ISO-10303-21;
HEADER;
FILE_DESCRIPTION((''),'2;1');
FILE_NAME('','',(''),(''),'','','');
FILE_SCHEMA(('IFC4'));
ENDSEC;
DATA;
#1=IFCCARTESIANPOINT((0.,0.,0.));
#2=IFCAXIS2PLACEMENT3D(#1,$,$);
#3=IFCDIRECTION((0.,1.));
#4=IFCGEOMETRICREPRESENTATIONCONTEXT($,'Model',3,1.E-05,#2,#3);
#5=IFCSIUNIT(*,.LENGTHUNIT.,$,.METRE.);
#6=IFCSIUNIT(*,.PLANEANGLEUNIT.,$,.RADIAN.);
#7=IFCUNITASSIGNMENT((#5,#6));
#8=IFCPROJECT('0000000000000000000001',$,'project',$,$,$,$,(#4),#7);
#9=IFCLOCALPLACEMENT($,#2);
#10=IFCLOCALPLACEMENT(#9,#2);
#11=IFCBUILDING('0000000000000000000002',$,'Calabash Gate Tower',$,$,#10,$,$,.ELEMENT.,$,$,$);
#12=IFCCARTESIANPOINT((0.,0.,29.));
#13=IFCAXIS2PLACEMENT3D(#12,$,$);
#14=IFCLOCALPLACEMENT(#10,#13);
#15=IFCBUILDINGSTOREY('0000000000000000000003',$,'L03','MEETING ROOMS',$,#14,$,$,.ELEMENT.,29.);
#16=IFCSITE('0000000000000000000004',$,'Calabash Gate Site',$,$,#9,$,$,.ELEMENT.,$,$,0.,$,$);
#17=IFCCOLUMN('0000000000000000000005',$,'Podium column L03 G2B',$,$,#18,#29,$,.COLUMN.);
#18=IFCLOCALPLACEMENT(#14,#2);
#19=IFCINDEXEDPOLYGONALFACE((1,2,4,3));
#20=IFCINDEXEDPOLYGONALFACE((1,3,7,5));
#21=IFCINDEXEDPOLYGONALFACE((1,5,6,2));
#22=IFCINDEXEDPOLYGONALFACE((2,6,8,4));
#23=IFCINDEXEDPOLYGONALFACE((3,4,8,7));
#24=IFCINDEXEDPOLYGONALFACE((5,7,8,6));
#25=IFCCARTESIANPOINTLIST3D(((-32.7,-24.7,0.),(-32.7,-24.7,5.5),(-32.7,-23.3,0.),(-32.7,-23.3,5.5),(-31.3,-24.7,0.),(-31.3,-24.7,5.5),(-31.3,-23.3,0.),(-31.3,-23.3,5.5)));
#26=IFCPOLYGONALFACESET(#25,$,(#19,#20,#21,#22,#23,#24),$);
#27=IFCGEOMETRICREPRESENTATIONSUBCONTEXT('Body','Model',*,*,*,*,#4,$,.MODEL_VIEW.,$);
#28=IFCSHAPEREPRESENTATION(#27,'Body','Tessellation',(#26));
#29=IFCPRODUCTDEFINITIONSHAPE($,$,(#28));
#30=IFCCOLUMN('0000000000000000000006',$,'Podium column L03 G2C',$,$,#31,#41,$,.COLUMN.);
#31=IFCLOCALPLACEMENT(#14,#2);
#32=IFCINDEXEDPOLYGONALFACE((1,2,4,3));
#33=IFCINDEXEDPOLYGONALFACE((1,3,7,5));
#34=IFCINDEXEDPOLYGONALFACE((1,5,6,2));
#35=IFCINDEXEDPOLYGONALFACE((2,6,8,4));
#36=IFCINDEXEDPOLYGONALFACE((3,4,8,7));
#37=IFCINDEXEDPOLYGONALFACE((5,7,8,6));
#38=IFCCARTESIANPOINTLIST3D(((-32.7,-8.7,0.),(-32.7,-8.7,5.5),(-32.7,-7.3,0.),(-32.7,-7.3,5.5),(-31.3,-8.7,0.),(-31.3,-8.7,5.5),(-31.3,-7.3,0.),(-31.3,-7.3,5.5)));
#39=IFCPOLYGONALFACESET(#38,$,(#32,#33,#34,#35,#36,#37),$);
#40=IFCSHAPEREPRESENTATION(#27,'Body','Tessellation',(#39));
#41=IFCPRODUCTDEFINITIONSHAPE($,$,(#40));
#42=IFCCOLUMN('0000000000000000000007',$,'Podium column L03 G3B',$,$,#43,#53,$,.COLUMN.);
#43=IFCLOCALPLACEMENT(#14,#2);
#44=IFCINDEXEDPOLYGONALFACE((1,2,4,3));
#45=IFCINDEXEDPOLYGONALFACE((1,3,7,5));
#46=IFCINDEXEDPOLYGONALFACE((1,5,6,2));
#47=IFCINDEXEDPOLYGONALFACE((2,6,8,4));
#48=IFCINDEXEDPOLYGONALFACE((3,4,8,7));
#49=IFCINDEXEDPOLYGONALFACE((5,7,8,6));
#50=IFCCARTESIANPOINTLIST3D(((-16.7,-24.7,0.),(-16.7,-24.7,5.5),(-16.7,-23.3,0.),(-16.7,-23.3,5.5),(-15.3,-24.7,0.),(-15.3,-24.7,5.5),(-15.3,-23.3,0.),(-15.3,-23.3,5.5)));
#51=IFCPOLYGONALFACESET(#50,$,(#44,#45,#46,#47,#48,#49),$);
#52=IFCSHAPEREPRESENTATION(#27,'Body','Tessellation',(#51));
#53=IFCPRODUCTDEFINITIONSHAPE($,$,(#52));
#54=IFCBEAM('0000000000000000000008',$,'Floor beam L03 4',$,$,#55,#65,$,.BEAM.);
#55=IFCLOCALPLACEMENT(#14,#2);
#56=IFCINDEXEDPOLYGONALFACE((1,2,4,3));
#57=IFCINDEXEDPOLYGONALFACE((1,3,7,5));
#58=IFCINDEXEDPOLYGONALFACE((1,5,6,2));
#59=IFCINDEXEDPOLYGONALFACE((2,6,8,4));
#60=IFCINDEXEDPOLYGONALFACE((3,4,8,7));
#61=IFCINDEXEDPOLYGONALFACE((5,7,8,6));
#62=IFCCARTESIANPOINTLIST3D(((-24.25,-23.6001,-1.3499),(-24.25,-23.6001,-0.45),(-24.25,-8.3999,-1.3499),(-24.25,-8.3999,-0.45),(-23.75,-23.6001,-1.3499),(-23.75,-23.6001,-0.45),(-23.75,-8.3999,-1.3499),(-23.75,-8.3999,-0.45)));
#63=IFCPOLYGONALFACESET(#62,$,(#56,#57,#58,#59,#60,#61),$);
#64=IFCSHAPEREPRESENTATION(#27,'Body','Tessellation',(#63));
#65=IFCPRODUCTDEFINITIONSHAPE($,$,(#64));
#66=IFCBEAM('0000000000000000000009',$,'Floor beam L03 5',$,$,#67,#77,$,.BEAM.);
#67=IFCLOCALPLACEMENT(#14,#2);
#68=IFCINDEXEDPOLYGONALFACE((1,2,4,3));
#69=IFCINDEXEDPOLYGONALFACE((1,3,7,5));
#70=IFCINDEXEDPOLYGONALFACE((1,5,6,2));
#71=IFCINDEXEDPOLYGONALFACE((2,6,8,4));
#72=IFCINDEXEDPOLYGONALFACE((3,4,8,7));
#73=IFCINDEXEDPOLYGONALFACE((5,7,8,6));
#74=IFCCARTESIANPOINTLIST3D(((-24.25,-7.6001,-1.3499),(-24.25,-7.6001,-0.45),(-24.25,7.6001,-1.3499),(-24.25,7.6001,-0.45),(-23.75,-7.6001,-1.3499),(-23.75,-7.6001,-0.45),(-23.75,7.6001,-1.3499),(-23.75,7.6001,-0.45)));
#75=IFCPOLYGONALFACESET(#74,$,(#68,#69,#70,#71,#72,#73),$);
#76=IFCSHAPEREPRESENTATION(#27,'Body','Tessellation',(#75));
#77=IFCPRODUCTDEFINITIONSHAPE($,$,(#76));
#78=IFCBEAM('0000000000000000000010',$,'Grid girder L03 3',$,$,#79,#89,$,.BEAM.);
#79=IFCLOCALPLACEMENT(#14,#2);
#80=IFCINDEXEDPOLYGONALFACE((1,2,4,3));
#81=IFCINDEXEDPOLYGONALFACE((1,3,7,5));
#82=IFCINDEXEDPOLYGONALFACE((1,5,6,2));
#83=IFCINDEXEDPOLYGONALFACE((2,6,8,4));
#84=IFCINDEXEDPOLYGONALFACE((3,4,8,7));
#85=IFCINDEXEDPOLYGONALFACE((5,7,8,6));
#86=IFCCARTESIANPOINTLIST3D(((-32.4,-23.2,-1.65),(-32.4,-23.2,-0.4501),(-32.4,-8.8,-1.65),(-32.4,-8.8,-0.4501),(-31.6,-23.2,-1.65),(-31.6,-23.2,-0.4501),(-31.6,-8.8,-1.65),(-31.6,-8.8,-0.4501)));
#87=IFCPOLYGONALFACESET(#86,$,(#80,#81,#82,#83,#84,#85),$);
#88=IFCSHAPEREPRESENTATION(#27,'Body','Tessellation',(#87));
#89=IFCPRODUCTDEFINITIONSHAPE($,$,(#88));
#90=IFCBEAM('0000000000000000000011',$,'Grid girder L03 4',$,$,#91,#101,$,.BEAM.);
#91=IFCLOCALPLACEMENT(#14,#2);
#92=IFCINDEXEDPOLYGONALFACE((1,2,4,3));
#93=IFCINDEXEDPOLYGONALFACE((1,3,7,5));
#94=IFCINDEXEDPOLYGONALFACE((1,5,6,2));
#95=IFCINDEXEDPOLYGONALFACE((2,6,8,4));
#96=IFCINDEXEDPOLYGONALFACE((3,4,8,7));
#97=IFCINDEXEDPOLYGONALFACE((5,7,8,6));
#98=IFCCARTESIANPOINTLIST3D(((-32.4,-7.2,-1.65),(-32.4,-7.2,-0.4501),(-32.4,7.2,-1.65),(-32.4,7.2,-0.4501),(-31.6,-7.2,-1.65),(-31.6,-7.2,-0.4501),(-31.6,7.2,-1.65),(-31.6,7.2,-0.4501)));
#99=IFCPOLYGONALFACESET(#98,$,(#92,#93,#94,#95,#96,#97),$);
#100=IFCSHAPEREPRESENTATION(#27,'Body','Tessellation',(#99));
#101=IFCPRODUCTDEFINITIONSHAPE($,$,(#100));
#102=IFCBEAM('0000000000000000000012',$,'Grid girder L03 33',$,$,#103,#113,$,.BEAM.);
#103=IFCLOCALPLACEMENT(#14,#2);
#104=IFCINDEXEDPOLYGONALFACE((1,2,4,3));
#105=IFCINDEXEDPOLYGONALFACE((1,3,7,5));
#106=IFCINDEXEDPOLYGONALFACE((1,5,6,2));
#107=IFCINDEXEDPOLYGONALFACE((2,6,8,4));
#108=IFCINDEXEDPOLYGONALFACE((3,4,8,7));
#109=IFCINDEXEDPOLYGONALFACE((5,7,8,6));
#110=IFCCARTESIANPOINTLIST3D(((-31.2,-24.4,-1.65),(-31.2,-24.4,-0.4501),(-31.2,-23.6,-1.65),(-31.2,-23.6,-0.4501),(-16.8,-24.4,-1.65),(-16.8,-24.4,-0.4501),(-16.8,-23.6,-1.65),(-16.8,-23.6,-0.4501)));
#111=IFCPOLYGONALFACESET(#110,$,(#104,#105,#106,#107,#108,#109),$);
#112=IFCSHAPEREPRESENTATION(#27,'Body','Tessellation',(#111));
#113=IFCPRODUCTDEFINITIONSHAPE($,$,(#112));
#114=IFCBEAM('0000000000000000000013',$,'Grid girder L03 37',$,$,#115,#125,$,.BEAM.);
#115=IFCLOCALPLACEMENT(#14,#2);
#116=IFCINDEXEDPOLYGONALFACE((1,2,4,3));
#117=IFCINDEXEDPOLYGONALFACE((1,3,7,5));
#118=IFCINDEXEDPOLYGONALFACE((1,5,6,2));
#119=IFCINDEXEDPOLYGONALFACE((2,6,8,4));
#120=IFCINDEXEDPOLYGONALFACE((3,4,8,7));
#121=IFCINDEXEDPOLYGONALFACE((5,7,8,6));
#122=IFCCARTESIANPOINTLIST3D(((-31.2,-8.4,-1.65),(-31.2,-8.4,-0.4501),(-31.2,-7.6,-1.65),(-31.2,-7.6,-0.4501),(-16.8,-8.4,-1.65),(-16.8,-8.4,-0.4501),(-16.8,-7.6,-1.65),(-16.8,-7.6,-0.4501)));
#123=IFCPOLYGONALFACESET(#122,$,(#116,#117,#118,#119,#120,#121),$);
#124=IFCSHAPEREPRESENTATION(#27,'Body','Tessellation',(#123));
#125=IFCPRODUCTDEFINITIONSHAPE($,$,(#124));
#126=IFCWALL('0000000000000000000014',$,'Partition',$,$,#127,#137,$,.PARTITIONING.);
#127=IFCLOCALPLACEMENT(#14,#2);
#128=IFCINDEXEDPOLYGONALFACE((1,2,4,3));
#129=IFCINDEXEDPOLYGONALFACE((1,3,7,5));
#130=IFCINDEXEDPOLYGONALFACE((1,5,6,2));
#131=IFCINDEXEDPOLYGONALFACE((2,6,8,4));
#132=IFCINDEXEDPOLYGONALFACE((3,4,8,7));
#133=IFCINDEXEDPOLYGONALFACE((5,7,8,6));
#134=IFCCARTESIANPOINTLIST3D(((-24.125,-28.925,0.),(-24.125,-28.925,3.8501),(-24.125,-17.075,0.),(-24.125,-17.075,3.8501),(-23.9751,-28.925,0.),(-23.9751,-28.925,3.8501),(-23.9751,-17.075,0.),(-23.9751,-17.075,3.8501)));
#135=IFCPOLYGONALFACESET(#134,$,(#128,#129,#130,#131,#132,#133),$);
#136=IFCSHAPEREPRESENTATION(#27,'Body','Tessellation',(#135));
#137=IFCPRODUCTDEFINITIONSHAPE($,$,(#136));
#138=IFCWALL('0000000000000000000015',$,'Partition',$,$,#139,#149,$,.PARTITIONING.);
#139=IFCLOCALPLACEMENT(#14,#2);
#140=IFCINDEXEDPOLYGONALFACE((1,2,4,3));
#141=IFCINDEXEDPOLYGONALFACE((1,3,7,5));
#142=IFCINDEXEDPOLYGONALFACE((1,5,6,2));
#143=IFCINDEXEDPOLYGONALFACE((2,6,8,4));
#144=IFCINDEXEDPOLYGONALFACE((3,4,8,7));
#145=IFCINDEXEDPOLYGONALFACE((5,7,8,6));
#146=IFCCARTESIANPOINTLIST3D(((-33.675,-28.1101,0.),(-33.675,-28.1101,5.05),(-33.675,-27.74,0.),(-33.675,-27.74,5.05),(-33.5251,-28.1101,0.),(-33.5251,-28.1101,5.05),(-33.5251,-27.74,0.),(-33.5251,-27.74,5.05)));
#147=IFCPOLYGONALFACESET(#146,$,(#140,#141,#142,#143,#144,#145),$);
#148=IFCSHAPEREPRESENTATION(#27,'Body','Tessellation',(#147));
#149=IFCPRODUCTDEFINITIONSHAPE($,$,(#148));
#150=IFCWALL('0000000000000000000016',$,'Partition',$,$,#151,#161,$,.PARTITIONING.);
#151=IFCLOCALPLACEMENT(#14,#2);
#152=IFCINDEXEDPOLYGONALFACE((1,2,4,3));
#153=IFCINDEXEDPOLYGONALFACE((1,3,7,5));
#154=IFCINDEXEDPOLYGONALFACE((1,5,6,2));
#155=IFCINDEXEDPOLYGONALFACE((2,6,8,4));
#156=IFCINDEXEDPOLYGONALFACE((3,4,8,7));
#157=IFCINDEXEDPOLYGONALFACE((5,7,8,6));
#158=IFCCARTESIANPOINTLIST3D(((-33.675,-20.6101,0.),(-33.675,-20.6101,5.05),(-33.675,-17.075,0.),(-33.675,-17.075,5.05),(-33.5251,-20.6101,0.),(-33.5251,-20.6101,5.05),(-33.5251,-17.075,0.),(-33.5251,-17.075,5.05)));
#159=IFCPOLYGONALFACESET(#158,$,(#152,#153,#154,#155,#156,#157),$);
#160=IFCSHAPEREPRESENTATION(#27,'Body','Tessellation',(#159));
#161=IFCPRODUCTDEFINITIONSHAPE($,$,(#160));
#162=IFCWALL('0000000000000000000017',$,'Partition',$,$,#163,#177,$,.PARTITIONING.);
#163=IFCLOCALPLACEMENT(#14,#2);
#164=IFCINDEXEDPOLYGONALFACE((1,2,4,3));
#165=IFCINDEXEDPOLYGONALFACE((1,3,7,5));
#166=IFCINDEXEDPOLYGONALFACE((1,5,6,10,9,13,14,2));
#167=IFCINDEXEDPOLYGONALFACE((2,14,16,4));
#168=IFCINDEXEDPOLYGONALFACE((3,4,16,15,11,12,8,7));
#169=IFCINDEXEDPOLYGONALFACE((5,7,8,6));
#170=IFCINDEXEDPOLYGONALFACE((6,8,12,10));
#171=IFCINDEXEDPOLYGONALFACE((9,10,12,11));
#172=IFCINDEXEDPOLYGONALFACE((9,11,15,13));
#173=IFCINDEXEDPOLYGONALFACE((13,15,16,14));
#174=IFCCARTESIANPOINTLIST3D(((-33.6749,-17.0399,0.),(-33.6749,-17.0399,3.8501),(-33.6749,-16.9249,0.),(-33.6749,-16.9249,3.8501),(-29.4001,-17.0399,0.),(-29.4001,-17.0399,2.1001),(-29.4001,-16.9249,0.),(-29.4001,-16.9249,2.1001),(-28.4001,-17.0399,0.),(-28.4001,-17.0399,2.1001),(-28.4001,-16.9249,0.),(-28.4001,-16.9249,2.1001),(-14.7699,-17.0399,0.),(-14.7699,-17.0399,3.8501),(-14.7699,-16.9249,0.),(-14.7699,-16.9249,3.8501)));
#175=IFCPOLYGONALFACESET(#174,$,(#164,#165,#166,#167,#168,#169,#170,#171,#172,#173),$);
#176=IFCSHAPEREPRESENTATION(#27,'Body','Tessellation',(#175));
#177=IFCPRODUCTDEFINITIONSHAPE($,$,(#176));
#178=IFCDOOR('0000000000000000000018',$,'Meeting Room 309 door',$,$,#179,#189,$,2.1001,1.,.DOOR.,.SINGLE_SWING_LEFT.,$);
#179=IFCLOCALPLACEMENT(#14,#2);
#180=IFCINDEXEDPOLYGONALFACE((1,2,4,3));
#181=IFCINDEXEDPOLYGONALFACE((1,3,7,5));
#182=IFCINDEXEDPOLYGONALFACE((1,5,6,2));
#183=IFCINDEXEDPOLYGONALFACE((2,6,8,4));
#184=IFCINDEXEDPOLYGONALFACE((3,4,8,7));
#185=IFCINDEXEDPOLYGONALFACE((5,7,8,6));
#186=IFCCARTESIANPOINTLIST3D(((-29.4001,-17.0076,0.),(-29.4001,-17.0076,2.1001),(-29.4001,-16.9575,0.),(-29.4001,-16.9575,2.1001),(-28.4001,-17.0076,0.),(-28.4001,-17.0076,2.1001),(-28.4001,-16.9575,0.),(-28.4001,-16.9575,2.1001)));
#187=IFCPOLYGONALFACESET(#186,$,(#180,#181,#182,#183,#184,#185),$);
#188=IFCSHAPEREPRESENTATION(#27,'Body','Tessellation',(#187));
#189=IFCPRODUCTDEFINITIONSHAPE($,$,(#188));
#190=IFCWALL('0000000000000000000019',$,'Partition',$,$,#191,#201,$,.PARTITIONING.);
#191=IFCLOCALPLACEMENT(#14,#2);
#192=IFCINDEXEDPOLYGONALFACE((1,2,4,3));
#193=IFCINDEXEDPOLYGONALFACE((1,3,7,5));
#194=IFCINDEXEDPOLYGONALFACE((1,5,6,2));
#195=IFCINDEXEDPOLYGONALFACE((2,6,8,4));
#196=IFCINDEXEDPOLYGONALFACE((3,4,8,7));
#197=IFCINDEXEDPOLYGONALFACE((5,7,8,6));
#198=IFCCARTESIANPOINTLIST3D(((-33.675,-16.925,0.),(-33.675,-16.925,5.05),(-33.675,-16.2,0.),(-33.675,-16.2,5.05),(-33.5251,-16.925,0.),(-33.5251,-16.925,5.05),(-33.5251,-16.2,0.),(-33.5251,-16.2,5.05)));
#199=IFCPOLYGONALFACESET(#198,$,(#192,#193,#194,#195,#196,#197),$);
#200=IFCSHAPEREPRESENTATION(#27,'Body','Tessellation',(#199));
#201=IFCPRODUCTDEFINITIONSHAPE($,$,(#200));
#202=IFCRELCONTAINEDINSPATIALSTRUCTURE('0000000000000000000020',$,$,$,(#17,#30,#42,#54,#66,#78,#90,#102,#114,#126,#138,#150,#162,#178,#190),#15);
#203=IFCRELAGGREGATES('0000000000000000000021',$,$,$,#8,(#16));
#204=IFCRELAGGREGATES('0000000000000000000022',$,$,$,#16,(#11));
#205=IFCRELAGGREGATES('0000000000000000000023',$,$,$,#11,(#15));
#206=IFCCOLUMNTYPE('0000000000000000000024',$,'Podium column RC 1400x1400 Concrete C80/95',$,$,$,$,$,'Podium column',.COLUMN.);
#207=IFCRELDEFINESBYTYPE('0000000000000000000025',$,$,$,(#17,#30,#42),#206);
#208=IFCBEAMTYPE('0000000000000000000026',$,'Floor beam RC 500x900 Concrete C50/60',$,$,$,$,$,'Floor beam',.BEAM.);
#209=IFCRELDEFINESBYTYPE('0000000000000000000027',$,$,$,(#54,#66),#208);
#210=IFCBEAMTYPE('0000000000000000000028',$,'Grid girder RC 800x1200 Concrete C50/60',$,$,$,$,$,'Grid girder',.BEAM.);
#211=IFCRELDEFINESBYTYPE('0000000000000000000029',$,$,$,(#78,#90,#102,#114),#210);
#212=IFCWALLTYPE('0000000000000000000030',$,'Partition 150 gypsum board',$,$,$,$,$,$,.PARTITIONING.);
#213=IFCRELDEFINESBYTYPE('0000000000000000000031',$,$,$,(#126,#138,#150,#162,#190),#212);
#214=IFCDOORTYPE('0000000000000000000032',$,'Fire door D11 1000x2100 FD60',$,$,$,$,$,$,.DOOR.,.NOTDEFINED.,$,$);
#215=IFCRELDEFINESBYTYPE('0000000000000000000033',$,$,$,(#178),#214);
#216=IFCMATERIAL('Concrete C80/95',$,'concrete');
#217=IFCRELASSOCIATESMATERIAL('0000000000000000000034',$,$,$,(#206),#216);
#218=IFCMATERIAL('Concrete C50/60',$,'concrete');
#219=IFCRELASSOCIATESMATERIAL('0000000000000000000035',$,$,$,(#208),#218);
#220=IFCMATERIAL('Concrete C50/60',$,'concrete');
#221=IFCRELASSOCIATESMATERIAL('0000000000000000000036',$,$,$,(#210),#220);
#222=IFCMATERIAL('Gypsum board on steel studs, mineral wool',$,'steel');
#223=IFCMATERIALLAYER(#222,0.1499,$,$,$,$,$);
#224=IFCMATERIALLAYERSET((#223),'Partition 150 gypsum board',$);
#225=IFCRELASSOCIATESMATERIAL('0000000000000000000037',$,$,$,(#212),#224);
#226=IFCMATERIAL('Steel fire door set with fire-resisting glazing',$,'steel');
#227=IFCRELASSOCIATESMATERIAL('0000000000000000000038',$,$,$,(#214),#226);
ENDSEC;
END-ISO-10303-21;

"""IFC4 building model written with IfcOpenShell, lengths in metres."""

from ifc_helpers import new_model, si_unit, direction, frame, frame_2d, origin, origin_2d, place, context, subcontext, project, spatial, rectangle, extrude, material, layer, layer_set, material_profile, profile_set, type_object, element, fill, save


model = new_model("IFC4")

# Units and contexts
model_context = context("Model", 3, precision=1e-05, world=origin(), true_north=direction((0.0, 1.0)))
body_context = subcontext(model_context, "Body", "Model", "MODEL_VIEW")
ifc_project = project(units=[si_unit("LENGTHUNIT", "METRE"), si_unit("PLANEANGLEUNIT", "RADIAN")], contexts=[model_context])

# Site, building, storey
site_placement = place(None, origin())
site = spatial("IfcSite", under=ifc_project, at=site_placement, Name="Calabash Gate Site", CompositionType="ELEMENT", RefElevation=0.0)
building_placement = place(site_placement, origin())
building = spatial("IfcBuilding", under=site, at=building_placement, Name="Calabash Gate Tower", CompositionType="ELEMENT")
storey_placement = place(building_placement, frame((0.0, 0.0, 29.0)))
storey = spatial("IfcBuildingStorey", under=building, at=storey_placement, Name="L03", Description="MEETING ROOMS", CompositionType="ELEMENT", Elevation=29.0)

# Columns
ifc_material_1 = material(Name="Concrete C80/95", Category="concrete")
ifc_material_profile_1 = material_profile(ifc_material_1, rectangle(XDim=1.3999, YDim=1.3999, at=origin_2d()))
ifc_profile_set_1 = profile_set([ifc_material_profile_1], Name="Concrete C80/95")
column_type = type_object("IfcColumnType", Name="Podium column RC 1400x1400 Concrete C80/95", ElementType="Podium column", PredefinedType="COLUMN", material=ifc_profile_set_1)
for number, where, z_axis, x_axis, name in (
    (1, (-32.0, -24.0, 0.0), (0.0, 0.0, 1.0), (1.0, 0.0, 0.0), "Podium column L03 G2B"),
    (2, (-32.0, -8.0, 0.0), (0.0, 0.0, 1.0), (1.0, 0.0, 0.0), "Podium column L03 G2C"),
    (3, (-16.0, -24.0, 0.0), (0.0, 0.0, 1.0), (1.0, 0.0, 0.0), "Podium column L03 G3B"),
):
    element("IfcColumn", number, at=place(storey_placement, frame(where, z_axis=z_axis, x_axis=x_axis)), inside=storey, type_object=column_type, Name=name, PredefinedType="COLUMN", context=body_context, shape_type="SweptSolid", body=[
        extrude(rectangle(XDim=1.3999, YDim=1.3999, at=origin_2d()), origin(), (0.0, 0.0, 1.0), 5.5),
    ])

# Beams
ifc_material_2 = material(Name="Concrete C50/60", Category="concrete")
ifc_material_profile_2 = material_profile(ifc_material_2, rectangle(XDim=0.5, YDim=0.8999, at=origin_2d()))
ifc_profile_set_2 = profile_set([ifc_material_profile_2], Name="Concrete C50/60")
beam_type_1 = type_object("IfcBeamType", Name="Floor beam RC 500x900 Concrete C50/60", ElementType="Floor beam", PredefinedType="BEAM", material=ifc_profile_set_2)
for number, where, z_axis, x_axis, name in (
    (4, (-24.0, -23.6001, -0.8999), (0.0, 1.0, 0.0), (-1.0, 0.0, 0.0), "Floor beam L03 4"),
    (5, (-24.0, -7.6001, -0.8999), (0.0, 1.0, 0.0), (-1.0, 0.0, 0.0), "Floor beam L03 5"),
):
    element("IfcBeam", number, at=place(storey_placement, frame(where, z_axis=z_axis, x_axis=x_axis)), inside=storey, type_object=beam_type_1, Name=name, PredefinedType="BEAM", context=body_context, shape_type="SweptSolid", body=[
        extrude(rectangle(XDim=0.5, YDim=0.8999, at=origin_2d()), origin(), (0.0, 0.0, 1.0), 15.2002),
    ])
ifc_material_3 = material(Name="Concrete C50/60", Category="concrete")
ifc_material_profile_3 = material_profile(ifc_material_3, rectangle(XDim=0.8, YDim=1.2, at=origin_2d()))
ifc_profile_set_3 = profile_set([ifc_material_profile_3], Name="Concrete C50/60")
beam_type_2 = type_object("IfcBeamType", Name="Grid girder RC 800x1200 Concrete C50/60", ElementType="Grid girder", PredefinedType="BEAM", material=ifc_profile_set_3)
for number, where, z_axis, x_axis, name in (
    (6, (-32.0, -23.2, -1.05), (0.0, 1.0, 0.0), (-1.0, 0.0, 0.0), "Grid girder L03 3"),
    (7, (-32.0, -7.2, -1.05), (0.0, 1.0, 0.0), (-1.0, 0.0, 0.0), "Grid girder L03 4"),
    (8, (-31.2, -24.0, -1.05), (1.0, 0.0, 0.0), (0.0, 1.0, 0.0), "Grid girder L03 33"),
    (9, (-31.2, -8.0, -1.05), (1.0, 0.0, 0.0), (0.0, 1.0, 0.0), "Grid girder L03 37"),
):
    element("IfcBeam", number, at=place(storey_placement, frame(where, z_axis=z_axis, x_axis=x_axis)), inside=storey, type_object=beam_type_2, Name=name, PredefinedType="BEAM", context=body_context, shape_type="SweptSolid", body=[
        extrude(rectangle(XDim=0.8, YDim=1.2, at=origin_2d()), origin(), (0.0, 0.0, 1.0), 14.3999),
    ])

# Walls
ifc_material_4 = material(Name="Gypsum board on steel studs, mineral wool", Category="steel")
ifc_layer_1 = layer(ifc_material_4, 0.1499)
ifc_layer_set_1 = layer_set([ifc_layer_1], Name="Partition 150 gypsum board")
wall_type_1 = type_object("IfcWallType", Name="Partition 150 gypsum board", PredefinedType="PARTITIONING", material=ifc_layer_set_1)
wall_1_placement = place(storey_placement, frame((-24.05, -28.925, 0.0), z_axis=(0.0, 0.0, 1.0), x_axis=(0.0, 1.0, 0.0)))
element("IfcWall", 10, at=wall_1_placement, inside=storey, type_object=wall_type_1, Name="Partition", PredefinedType="PARTITIONING", context=body_context, shape_type="SweptSolid", body=[
    extrude(rectangle(XDim=11.8501, YDim=0.1499, at=frame_2d((5.925, 0.0))), origin(), (0.0, 0.0, 1.0), 3.8501),
])
wall_2_placement = place(storey_placement, frame((-33.6001, -28.1101, 0.0), z_axis=(0.0, 0.0, 1.0), x_axis=(0.0, 1.0, 0.0)))
element("IfcWall", 11, at=wall_2_placement, inside=storey, type_object=wall_type_1, Name="Partition", PredefinedType="PARTITIONING", context=body_context, shape_type="SweptSolid", body=[
    extrude(rectangle(XDim=0.3701, YDim=0.1499, at=frame_2d((0.1851, 0.0))), origin(), (0.0, 0.0, 1.0), 5.05),
])
wall_3_placement = place(storey_placement, frame((-33.6001, -20.6101, 0.0), z_axis=(0.0, 0.0, 1.0), x_axis=(0.0, 1.0, 0.0)))
element("IfcWall", 12, at=wall_3_placement, inside=storey, type_object=wall_type_1, Name="Partition", PredefinedType="PARTITIONING", context=body_context, shape_type="SweptSolid", body=[
    extrude(rectangle(XDim=3.5352, YDim=0.1499, at=frame_2d((1.7676, 0.0))), origin(), (0.0, 0.0, 1.0), 5.05),
])

# Wall, opening, door
wall_4_placement = place(storey_placement, frame((-33.675, -16.9824, 0.0), z_axis=(0.0, 0.0, 1.0), x_axis=(1.0, 0.0, 0.0)))
wall_4 = element("IfcWall", 13, at=wall_4_placement, inside=storey, type_object=wall_type_1, Name="Partition", PredefinedType="PARTITIONING", context=body_context, shape_type="SweptSolid", body=[
    extrude(rectangle(XDim=18.905, YDim=0.115, at=frame_2d((9.4526, 0.0))), origin(), (0.0, 0.0, 1.0), 3.8501),
])
opening_1_placement = place(wall_4_placement, frame((4.2749, 0.0, 0.0)))
opening_1 = element("IfcOpeningElement", 14, at=opening_1_placement, cuts=wall_4, PredefinedType="OPENING", context=body_context, shape_type="SweptSolid", body=[
    extrude(rectangle(XDim=1.0, YDim=2.1001, at=frame_2d((0.5, 1.05))), frame((0.0, 0.0674, 0.0), z_axis=(0.0, -1.0, 0.0), x_axis=(1.0, 0.0, 0.0)), (0.0, 0.0, 1.0), 0.135),
])
ifc_material_5 = material(Name="Steel fire door set with fire-resisting glazing", Category="steel")
door_type_1 = type_object("IfcDoorType", Name="Fire door D11 1000x2100 FD60", OperationType="NOTDEFINED", PredefinedType="DOOR", material=ifc_material_5)
door_1_placement = place(opening_1_placement, origin())
door_1 = element("IfcDoor", 15, at=door_1_placement, inside=storey, type_object=door_type_1, Name="Meeting Room 309 door", OperationType="SINGLE_SWING_LEFT", OverallHeight=2.1001, OverallWidth=1.0, PredefinedType="DOOR", context=body_context, shape_type="SweptSolid", body=[
    extrude(rectangle(XDim=1.0, YDim=2.1001, at=frame_2d((0.5, 1.05))), frame((0.0, 0.0249, 0.0), z_axis=(0.0, -1.0, 0.0), x_axis=(1.0, 0.0, 0.0)), (0.0, 0.0, 1.0), 0.05),
])
fill(opening_1, door_1)

# Wall
wall_5_placement = place(storey_placement, frame((-33.6001, -16.925, 0.0), z_axis=(0.0, 0.0, 1.0), x_axis=(0.0, 1.0, 0.0)))
element("IfcWall", 16, at=wall_5_placement, inside=storey, type_object=wall_type_1, Name="Partition", PredefinedType="PARTITIONING", context=body_context, shape_type="SweptSolid", body=[
    extrude(rectangle(XDim=0.7251, YDim=0.1499, at=frame_2d((0.3625, 0.0))), origin(), (0.0, 0.0, 1.0), 5.05),
])

save(model, "model.ifc")
